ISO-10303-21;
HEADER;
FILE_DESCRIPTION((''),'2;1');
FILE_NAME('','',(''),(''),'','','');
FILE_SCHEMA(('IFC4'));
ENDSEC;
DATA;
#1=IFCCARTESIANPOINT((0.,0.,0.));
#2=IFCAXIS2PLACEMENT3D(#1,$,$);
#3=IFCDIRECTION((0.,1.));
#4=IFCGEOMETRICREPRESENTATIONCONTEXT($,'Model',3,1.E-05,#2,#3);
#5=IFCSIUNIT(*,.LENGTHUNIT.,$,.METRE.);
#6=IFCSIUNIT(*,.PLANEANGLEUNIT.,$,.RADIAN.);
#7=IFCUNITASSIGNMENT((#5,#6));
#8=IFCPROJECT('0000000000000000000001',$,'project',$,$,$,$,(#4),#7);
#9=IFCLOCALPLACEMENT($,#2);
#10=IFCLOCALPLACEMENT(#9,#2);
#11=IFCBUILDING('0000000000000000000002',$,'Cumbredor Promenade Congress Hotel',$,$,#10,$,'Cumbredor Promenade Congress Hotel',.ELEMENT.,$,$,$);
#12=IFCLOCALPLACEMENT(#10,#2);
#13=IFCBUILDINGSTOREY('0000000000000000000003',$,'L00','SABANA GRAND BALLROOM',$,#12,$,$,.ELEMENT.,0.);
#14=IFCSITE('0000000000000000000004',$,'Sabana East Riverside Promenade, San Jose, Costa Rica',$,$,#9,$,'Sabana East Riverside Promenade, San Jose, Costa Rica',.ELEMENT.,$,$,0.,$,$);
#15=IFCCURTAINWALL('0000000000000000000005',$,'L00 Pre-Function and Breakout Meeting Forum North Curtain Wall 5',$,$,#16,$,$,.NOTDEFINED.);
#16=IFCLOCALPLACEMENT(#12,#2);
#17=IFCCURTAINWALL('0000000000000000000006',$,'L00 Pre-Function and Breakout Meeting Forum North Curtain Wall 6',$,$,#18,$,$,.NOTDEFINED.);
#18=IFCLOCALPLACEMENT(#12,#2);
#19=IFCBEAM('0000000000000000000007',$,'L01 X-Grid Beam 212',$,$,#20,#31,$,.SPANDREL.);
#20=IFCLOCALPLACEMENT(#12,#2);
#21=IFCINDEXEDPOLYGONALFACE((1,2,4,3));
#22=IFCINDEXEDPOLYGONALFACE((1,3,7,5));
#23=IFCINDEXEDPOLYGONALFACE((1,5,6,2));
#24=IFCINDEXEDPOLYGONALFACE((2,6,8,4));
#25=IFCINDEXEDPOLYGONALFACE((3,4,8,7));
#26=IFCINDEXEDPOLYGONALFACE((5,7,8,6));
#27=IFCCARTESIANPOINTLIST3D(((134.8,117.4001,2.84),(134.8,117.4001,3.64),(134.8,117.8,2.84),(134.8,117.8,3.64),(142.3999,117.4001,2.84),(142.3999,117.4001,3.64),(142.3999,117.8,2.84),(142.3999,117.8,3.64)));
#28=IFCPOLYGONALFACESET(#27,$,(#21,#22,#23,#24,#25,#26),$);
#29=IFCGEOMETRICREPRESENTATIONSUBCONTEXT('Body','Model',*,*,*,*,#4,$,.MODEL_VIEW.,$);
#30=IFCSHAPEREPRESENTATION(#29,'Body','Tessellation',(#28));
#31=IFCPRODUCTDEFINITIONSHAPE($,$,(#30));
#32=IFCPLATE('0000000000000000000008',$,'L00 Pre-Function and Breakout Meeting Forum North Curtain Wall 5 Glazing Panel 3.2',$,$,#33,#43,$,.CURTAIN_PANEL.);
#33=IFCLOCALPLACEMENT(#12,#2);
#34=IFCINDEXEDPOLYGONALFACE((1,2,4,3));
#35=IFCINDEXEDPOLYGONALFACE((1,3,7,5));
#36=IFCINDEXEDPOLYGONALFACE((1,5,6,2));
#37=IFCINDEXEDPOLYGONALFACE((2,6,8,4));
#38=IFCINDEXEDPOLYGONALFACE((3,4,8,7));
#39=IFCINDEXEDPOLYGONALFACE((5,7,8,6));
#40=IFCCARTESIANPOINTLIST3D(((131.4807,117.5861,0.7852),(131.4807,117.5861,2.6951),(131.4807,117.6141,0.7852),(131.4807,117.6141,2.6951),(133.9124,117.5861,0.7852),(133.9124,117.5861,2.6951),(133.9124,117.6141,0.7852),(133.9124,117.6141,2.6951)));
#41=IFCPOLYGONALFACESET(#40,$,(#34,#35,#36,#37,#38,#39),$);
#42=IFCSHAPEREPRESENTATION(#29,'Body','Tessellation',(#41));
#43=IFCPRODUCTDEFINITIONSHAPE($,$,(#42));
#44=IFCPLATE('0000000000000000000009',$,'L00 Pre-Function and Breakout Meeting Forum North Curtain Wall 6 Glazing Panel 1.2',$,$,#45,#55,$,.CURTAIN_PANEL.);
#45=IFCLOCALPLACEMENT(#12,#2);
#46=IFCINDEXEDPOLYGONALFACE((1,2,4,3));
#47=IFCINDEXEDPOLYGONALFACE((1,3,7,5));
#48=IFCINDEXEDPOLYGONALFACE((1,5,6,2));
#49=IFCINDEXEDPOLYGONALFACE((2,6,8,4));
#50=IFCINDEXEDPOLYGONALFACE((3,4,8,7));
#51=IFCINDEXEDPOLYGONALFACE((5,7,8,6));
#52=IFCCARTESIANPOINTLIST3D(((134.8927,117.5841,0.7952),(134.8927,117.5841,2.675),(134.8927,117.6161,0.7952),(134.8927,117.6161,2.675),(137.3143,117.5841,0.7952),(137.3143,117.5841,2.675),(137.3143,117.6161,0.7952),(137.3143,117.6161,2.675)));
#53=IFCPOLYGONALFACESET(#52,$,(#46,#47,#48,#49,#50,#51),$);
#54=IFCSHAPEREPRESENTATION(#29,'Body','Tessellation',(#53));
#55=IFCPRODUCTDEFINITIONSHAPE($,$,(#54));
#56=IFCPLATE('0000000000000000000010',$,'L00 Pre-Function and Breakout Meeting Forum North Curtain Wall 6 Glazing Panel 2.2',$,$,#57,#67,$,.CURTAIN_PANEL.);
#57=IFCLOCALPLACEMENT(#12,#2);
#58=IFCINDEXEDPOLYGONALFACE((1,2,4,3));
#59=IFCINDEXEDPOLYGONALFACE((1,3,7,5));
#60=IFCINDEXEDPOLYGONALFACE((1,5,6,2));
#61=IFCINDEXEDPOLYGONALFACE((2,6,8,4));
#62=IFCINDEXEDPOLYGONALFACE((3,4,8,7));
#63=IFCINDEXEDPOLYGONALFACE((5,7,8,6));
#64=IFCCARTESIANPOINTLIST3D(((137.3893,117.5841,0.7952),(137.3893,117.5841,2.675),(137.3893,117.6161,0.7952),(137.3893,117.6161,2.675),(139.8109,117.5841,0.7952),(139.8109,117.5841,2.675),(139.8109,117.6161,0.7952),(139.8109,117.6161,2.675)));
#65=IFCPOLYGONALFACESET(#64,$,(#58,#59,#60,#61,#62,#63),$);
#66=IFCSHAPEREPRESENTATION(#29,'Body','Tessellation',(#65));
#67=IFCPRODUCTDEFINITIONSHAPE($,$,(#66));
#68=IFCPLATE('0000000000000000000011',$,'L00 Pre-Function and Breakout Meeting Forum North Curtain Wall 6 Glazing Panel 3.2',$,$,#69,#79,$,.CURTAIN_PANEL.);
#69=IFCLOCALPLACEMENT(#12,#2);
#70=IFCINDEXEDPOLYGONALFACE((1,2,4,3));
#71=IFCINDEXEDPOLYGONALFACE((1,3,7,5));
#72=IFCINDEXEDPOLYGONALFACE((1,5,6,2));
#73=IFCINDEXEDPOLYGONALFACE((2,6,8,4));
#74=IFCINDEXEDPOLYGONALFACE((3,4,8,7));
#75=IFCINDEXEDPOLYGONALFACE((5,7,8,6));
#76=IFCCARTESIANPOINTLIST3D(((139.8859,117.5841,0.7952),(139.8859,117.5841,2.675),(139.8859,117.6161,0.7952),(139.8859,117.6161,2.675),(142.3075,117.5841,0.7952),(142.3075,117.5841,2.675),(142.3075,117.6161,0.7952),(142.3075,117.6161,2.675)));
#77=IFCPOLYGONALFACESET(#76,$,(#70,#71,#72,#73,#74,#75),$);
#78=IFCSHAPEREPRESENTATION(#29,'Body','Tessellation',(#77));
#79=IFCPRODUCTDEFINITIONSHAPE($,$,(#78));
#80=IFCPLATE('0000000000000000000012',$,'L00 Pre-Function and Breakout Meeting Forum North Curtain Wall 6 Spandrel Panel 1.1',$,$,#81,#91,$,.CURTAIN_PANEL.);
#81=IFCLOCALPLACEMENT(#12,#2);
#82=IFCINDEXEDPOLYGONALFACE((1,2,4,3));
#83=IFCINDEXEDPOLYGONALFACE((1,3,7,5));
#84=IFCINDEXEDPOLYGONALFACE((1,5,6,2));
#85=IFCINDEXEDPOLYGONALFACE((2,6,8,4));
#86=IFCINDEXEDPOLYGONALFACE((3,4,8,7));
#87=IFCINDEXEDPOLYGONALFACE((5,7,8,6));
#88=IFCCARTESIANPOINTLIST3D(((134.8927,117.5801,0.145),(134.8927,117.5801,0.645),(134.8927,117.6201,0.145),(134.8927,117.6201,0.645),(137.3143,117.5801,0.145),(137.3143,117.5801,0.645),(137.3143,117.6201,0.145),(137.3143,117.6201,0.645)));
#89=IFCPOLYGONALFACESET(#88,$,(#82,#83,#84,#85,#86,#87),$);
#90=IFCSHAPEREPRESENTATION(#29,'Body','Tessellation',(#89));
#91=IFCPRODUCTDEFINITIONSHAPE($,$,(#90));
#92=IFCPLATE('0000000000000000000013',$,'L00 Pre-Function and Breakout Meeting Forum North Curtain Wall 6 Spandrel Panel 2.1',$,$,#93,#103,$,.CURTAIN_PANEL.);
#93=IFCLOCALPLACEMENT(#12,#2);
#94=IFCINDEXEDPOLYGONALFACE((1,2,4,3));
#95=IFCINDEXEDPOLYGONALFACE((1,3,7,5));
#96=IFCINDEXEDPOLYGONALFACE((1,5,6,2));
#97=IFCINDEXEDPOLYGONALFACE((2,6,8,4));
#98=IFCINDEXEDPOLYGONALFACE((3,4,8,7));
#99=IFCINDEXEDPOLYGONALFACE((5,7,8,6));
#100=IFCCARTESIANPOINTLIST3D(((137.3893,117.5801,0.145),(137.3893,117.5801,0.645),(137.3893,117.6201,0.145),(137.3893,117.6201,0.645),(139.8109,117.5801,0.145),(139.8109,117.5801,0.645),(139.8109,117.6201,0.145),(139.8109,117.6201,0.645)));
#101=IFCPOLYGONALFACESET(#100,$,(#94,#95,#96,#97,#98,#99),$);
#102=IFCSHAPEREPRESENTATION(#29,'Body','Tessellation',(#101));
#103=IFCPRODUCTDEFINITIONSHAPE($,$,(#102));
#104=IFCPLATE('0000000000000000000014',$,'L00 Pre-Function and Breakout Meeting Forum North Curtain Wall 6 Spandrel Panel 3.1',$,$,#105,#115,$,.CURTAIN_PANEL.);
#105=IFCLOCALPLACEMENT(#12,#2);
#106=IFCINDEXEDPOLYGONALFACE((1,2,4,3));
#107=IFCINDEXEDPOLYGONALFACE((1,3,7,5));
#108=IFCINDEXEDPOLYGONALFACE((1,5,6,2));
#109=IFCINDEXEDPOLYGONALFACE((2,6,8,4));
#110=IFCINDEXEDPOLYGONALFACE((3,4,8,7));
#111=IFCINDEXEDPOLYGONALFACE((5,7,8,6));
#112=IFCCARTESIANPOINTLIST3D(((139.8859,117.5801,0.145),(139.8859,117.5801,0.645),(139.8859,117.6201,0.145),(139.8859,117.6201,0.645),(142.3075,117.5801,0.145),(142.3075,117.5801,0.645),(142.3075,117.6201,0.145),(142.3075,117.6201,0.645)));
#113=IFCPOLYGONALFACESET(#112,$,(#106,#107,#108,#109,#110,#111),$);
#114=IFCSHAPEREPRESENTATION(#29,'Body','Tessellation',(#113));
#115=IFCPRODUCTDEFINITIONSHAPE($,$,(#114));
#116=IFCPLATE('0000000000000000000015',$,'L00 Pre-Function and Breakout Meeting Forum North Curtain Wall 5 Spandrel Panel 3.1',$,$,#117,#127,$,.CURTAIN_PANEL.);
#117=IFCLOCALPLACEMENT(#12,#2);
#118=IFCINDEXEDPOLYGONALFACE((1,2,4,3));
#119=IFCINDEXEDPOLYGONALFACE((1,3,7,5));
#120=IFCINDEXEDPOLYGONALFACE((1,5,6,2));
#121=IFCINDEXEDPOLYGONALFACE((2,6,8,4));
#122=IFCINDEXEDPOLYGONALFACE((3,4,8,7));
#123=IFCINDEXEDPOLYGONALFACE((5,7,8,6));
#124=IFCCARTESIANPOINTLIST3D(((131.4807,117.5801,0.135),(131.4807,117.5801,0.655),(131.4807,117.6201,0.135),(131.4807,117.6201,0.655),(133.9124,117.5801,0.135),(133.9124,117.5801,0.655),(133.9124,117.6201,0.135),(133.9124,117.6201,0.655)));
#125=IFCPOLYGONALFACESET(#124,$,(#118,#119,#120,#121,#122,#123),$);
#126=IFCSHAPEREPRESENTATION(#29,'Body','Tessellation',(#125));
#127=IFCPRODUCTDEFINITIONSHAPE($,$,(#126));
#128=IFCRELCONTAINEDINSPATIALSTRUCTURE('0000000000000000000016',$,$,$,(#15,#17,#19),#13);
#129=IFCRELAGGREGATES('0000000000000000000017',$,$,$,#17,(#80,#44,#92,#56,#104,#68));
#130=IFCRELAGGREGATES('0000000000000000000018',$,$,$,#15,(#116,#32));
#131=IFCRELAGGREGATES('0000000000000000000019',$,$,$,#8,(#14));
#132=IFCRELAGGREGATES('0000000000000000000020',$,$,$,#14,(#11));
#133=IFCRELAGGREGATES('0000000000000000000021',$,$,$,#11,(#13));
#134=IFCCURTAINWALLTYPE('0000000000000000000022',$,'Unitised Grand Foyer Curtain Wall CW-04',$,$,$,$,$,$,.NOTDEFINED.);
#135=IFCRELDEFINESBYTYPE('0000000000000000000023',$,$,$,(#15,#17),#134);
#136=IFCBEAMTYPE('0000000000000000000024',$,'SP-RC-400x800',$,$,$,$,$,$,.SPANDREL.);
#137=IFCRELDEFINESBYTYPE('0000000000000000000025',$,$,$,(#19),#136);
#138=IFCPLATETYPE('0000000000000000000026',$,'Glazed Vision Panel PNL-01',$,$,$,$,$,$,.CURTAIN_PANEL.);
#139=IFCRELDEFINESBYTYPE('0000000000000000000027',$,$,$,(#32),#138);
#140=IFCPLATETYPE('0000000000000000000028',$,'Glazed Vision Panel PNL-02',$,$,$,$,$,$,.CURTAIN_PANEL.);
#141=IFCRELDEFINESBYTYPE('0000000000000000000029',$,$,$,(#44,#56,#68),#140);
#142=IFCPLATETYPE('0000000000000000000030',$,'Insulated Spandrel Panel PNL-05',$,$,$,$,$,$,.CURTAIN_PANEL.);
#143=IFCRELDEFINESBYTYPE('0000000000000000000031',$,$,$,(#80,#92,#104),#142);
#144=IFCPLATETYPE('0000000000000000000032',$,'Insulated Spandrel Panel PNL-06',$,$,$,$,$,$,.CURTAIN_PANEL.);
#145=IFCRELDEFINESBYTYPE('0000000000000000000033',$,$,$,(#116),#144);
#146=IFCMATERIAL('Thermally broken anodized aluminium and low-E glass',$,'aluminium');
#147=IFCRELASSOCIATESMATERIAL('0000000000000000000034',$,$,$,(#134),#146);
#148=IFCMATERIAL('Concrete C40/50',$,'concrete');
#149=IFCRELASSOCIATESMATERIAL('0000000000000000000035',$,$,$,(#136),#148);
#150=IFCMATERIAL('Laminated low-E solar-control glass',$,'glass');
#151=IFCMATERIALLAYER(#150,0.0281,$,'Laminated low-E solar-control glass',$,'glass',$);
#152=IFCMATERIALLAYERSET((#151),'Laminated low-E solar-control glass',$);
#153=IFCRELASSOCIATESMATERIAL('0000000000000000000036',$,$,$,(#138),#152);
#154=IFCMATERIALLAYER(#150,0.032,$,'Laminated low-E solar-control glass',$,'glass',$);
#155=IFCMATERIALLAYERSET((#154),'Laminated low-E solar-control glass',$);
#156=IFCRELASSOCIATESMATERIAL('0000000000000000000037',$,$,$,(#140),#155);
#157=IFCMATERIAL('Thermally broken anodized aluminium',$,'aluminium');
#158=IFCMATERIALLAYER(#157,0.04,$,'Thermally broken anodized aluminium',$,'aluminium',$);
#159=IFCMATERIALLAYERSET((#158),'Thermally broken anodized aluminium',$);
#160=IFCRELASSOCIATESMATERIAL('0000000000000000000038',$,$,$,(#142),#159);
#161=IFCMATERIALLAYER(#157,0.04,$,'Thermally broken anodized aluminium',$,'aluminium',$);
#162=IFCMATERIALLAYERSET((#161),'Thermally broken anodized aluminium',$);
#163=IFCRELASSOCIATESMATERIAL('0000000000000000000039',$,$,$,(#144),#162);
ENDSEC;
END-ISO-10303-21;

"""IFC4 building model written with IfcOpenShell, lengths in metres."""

from ifc_helpers import new_model, si_unit, direction, frame, origin, origin_2d, place, context, subcontext, project, spatial, rectangle, extrude, material, layer, layer_set, material_profile, profile_set, type_object, element, aggregate, save


model = new_model("IFC4")

# Units and contexts
model_context = context("Model", 3, precision=1e-05, world=origin(), true_north=direction((0.0, 1.0)))
body_context = subcontext(model_context, "Body", "Model", "MODEL_VIEW")
ifc_project = project(units=[si_unit("LENGTHUNIT", "METRE"), si_unit("PLANEANGLEUNIT", "RADIAN")], contexts=[model_context])

# Site, building, storey
site_placement = place(None, origin())
site = spatial("IfcSite", under=ifc_project, at=site_placement, Name="Sabana East Riverside Promenade, San Jose, Costa Rica", LongName="Sabana East Riverside Promenade, San Jose, Costa Rica", CompositionType="ELEMENT", RefElevation=0.0)
building_placement = place(site_placement, origin())
building = spatial("IfcBuilding", under=site, at=building_placement, Name="Cumbredor Promenade Congress Hotel", LongName="Cumbredor Promenade Congress Hotel", CompositionType="ELEMENT")
storey_placement = place(building_placement, origin())
storey = spatial("IfcBuildingStorey", under=building, at=storey_placement, Name="L00", Description="SABANA GRAND BALLROOM", CompositionType="ELEMENT", Elevation=0.0)

# Curtain wall
ifc_material_1 = material(Name="Thermally broken anodized aluminium and low-E glass", Category="aluminium")
curtain_wall_type = type_object("IfcCurtainWallType", Name="Unitised Grand Foyer Curtain Wall CW-04", PredefinedType="NOTDEFINED", material=ifc_material_1)
curtain_wall_1_placement = place(storey_placement, origin())
curtain_wall_1 = element("IfcCurtainWall", 1, at=curtain_wall_1_placement, inside=storey, type_object=curtain_wall_type, Name="L00 Pre-Function and Breakout Meeting Forum North Curtain Wall 5", PredefinedType="NOTDEFINED")
ifc_material_2 = material(Name="Thermally broken anodized aluminium", Category="aluminium")

# Curtain wall
curtain_wall_2_placement = place(storey_placement, origin())
curtain_wall_2 = element("IfcCurtainWall", 2, at=curtain_wall_2_placement, inside=storey, type_object=curtain_wall_type, Name="L00 Pre-Function and Breakout Meeting Forum North Curtain Wall 6", PredefinedType="NOTDEFINED")

# Beam
ifc_material_3 = material(Name="Concrete C40/50", Category="concrete")
ifc_material_profile_1 = material_profile(ifc_material_3, rectangle(XDim=0.3999, YDim=0.8, at=origin_2d()), Name="RC SPANDREL 400x800")
ifc_profile_set_1 = profile_set([ifc_material_profile_1], Name="Concrete C40/50")
beam_type = type_object("IfcBeamType", Name="SP-RC-400x800", PredefinedType="SPANDREL", material=ifc_profile_set_1)
beam_placement = place(storey_placement, frame((134.8, 117.6001, 3.24), z_axis=(1.0, 0.0, 0.0), x_axis=(0.0, 1.0, 0.0)))
element("IfcBeam", 3, at=beam_placement, inside=storey, type_object=beam_type, Name="L01 X-Grid Beam 212", PredefinedType="SPANDREL", context=body_context, shape_type="SweptSolid", body=[
    extrude(rectangle(XDim=0.3999, YDim=0.8, at=origin_2d()), origin(), (0.0, 0.0, 1.0), 7.5999),
])

# Plates
ifc_material_4 = material(Name="Laminated low-E solar-control glass", Category="glass")
ifc_layer_1 = layer(ifc_material_4, 0.0281, Name="Laminated low-E solar-control glass", Category="glass")
ifc_layer_set_1 = layer_set([ifc_layer_1], Name="Laminated low-E solar-control glass")
plate_type_1 = type_object("IfcPlateType", Name="Glazed Vision Panel PNL-01", PredefinedType="CURTAIN_PANEL", material=ifc_layer_set_1)
plate_1_placement = place(storey_placement, frame((132.6965, 117.6001, 0.7852), z_axis=(0.0, 0.0, 1.0), x_axis=(1.0, 0.0, 0.0)))
plate_1 = element("IfcPlate", 4, at=plate_1_placement, type_object=plate_type_1, Name="L00 Pre-Function and Breakout Meeting Forum North Curtain Wall 5 Glazing Panel 3.2", PredefinedType="CURTAIN_PANEL", context=body_context, shape_type="SweptSolid", body=[
    extrude(rectangle(XDim=2.4316, YDim=0.0281, at=origin_2d()), origin(), (0.0, 0.0, 1.0), 1.9099),
])
ifc_layer_2 = layer(ifc_material_4, 0.032, Name="Laminated low-E solar-control glass", Category="glass")
ifc_layer_set_2 = layer_set([ifc_layer_2], Name="Laminated low-E solar-control glass")
plate_type_2 = type_object("IfcPlateType", Name="Glazed Vision Panel PNL-02", PredefinedType="CURTAIN_PANEL", material=ifc_layer_set_2)
plate_2_placement = place(storey_placement, frame((136.1035, 117.6001, 0.7952), z_axis=(0.0, 0.0, 1.0), x_axis=(1.0, 0.0, 0.0)))
plate_2 = element("IfcPlate", 5, at=plate_2_placement, type_object=plate_type_2, Name="L00 Pre-Function and Breakout Meeting Forum North Curtain Wall 6 Glazing Panel 1.2", PredefinedType="CURTAIN_PANEL", context=body_context, shape_type="SweptSolid", body=[
    extrude(rectangle(XDim=2.4216, YDim=0.032, at=origin_2d()), origin(), (0.0, 0.0, 1.0), 1.8799),
])
plate_3_placement = place(storey_placement, frame((138.6001, 117.6001, 0.7952), z_axis=(0.0, 0.0, 1.0), x_axis=(1.0, 0.0, 0.0)))
plate_3 = element("IfcPlate", 6, at=plate_3_placement, type_object=plate_type_2, Name="L00 Pre-Function and Breakout Meeting Forum North Curtain Wall 6 Glazing Panel 2.2", PredefinedType="CURTAIN_PANEL", context=body_context, shape_type="SweptSolid", body=[
    extrude(rectangle(XDim=2.4216, YDim=0.032, at=origin_2d()), origin(), (0.0, 0.0, 1.0), 1.8799),
])
plate_4_placement = place(storey_placement, frame((141.0967, 117.6001, 0.7952), z_axis=(0.0, 0.0, 1.0), x_axis=(1.0, 0.0, 0.0)))
plate_4 = element("IfcPlate", 7, at=plate_4_placement, type_object=plate_type_2, Name="L00 Pre-Function and Breakout Meeting Forum North Curtain Wall 6 Glazing Panel 3.2", PredefinedType="CURTAIN_PANEL", context=body_context, shape_type="SweptSolid", body=[
    extrude(rectangle(XDim=2.4216, YDim=0.032, at=origin_2d()), origin(), (0.0, 0.0, 1.0), 1.8799),
])
ifc_layer_3 = layer(ifc_material_2, 0.04, Name="Thermally broken anodized aluminium", Category="aluminium")
ifc_layer_set_3 = layer_set([ifc_layer_3], Name="Thermally broken anodized aluminium")
plate_type_3 = type_object("IfcPlateType", Name="Insulated Spandrel Panel PNL-05", PredefinedType="CURTAIN_PANEL", material=ifc_layer_set_3)
plate_5_placement = place(storey_placement, frame((136.1035, 117.6001, 0.145), z_axis=(0.0, 0.0, 1.0), x_axis=(1.0, 0.0, 0.0)))
plate_5 = element("IfcPlate", 8, at=plate_5_placement, type_object=plate_type_3, Name="L00 Pre-Function and Breakout Meeting Forum North Curtain Wall 6 Spandrel Panel 1.1", PredefinedType="CURTAIN_PANEL", context=body_context, shape_type="SweptSolid", body=[
    extrude(rectangle(XDim=2.4216, YDim=0.04, at=origin_2d()), origin(), (0.0, 0.0, 1.0), 0.5),
])
plate_6_placement = place(storey_placement, frame((138.6001, 117.6001, 0.145), z_axis=(0.0, 0.0, 1.0), x_axis=(1.0, 0.0, 0.0)))
plate_6 = element("IfcPlate", 9, at=plate_6_placement, type_object=plate_type_3, Name="L00 Pre-Function and Breakout Meeting Forum North Curtain Wall 6 Spandrel Panel 2.1", PredefinedType="CURTAIN_PANEL", context=body_context, shape_type="SweptSolid", body=[
    extrude(rectangle(XDim=2.4216, YDim=0.04, at=origin_2d()), origin(), (0.0, 0.0, 1.0), 0.5),
])
plate_7_placement = place(storey_placement, frame((141.0967, 117.6001, 0.145), z_axis=(0.0, 0.0, 1.0), x_axis=(1.0, 0.0, 0.0)))
plate_7 = element("IfcPlate", 10, at=plate_7_placement, type_object=plate_type_3, Name="L00 Pre-Function and Breakout Meeting Forum North Curtain Wall 6 Spandrel Panel 3.1", PredefinedType="CURTAIN_PANEL", context=body_context, shape_type="SweptSolid", body=[
    extrude(rectangle(XDim=2.4216, YDim=0.04, at=origin_2d()), origin(), (0.0, 0.0, 1.0), 0.5),
])
aggregate(curtain_wall_2, [plate_5, plate_2, plate_6, plate_3, plate_7, plate_4])
ifc_layer_4 = layer(ifc_material_2, 0.04, Name="Thermally broken anodized aluminium", Category="aluminium")
ifc_layer_set_4 = layer_set([ifc_layer_4], Name="Thermally broken anodized aluminium")
plate_type_4 = type_object("IfcPlateType", Name="Insulated Spandrel Panel PNL-06", PredefinedType="CURTAIN_PANEL", material=ifc_layer_set_4)
plate_8_placement = place(storey_placement, frame((132.6965, 117.6001, 0.135), z_axis=(0.0, 0.0, 1.0), x_axis=(1.0, 0.0, 0.0)))
plate_8 = element("IfcPlate", 11, at=plate_8_placement, type_object=plate_type_4, Name="L00 Pre-Function and Breakout Meeting Forum North Curtain Wall 5 Spandrel Panel 3.1", PredefinedType="CURTAIN_PANEL", context=body_context, shape_type="SweptSolid", body=[
    extrude(rectangle(XDim=2.4316, YDim=0.04, at=origin_2d()), origin(), (0.0, 0.0, 1.0), 0.52),
])
aggregate(curtain_wall_1, [plate_8, plate_1])

save(model, "model.ifc")
